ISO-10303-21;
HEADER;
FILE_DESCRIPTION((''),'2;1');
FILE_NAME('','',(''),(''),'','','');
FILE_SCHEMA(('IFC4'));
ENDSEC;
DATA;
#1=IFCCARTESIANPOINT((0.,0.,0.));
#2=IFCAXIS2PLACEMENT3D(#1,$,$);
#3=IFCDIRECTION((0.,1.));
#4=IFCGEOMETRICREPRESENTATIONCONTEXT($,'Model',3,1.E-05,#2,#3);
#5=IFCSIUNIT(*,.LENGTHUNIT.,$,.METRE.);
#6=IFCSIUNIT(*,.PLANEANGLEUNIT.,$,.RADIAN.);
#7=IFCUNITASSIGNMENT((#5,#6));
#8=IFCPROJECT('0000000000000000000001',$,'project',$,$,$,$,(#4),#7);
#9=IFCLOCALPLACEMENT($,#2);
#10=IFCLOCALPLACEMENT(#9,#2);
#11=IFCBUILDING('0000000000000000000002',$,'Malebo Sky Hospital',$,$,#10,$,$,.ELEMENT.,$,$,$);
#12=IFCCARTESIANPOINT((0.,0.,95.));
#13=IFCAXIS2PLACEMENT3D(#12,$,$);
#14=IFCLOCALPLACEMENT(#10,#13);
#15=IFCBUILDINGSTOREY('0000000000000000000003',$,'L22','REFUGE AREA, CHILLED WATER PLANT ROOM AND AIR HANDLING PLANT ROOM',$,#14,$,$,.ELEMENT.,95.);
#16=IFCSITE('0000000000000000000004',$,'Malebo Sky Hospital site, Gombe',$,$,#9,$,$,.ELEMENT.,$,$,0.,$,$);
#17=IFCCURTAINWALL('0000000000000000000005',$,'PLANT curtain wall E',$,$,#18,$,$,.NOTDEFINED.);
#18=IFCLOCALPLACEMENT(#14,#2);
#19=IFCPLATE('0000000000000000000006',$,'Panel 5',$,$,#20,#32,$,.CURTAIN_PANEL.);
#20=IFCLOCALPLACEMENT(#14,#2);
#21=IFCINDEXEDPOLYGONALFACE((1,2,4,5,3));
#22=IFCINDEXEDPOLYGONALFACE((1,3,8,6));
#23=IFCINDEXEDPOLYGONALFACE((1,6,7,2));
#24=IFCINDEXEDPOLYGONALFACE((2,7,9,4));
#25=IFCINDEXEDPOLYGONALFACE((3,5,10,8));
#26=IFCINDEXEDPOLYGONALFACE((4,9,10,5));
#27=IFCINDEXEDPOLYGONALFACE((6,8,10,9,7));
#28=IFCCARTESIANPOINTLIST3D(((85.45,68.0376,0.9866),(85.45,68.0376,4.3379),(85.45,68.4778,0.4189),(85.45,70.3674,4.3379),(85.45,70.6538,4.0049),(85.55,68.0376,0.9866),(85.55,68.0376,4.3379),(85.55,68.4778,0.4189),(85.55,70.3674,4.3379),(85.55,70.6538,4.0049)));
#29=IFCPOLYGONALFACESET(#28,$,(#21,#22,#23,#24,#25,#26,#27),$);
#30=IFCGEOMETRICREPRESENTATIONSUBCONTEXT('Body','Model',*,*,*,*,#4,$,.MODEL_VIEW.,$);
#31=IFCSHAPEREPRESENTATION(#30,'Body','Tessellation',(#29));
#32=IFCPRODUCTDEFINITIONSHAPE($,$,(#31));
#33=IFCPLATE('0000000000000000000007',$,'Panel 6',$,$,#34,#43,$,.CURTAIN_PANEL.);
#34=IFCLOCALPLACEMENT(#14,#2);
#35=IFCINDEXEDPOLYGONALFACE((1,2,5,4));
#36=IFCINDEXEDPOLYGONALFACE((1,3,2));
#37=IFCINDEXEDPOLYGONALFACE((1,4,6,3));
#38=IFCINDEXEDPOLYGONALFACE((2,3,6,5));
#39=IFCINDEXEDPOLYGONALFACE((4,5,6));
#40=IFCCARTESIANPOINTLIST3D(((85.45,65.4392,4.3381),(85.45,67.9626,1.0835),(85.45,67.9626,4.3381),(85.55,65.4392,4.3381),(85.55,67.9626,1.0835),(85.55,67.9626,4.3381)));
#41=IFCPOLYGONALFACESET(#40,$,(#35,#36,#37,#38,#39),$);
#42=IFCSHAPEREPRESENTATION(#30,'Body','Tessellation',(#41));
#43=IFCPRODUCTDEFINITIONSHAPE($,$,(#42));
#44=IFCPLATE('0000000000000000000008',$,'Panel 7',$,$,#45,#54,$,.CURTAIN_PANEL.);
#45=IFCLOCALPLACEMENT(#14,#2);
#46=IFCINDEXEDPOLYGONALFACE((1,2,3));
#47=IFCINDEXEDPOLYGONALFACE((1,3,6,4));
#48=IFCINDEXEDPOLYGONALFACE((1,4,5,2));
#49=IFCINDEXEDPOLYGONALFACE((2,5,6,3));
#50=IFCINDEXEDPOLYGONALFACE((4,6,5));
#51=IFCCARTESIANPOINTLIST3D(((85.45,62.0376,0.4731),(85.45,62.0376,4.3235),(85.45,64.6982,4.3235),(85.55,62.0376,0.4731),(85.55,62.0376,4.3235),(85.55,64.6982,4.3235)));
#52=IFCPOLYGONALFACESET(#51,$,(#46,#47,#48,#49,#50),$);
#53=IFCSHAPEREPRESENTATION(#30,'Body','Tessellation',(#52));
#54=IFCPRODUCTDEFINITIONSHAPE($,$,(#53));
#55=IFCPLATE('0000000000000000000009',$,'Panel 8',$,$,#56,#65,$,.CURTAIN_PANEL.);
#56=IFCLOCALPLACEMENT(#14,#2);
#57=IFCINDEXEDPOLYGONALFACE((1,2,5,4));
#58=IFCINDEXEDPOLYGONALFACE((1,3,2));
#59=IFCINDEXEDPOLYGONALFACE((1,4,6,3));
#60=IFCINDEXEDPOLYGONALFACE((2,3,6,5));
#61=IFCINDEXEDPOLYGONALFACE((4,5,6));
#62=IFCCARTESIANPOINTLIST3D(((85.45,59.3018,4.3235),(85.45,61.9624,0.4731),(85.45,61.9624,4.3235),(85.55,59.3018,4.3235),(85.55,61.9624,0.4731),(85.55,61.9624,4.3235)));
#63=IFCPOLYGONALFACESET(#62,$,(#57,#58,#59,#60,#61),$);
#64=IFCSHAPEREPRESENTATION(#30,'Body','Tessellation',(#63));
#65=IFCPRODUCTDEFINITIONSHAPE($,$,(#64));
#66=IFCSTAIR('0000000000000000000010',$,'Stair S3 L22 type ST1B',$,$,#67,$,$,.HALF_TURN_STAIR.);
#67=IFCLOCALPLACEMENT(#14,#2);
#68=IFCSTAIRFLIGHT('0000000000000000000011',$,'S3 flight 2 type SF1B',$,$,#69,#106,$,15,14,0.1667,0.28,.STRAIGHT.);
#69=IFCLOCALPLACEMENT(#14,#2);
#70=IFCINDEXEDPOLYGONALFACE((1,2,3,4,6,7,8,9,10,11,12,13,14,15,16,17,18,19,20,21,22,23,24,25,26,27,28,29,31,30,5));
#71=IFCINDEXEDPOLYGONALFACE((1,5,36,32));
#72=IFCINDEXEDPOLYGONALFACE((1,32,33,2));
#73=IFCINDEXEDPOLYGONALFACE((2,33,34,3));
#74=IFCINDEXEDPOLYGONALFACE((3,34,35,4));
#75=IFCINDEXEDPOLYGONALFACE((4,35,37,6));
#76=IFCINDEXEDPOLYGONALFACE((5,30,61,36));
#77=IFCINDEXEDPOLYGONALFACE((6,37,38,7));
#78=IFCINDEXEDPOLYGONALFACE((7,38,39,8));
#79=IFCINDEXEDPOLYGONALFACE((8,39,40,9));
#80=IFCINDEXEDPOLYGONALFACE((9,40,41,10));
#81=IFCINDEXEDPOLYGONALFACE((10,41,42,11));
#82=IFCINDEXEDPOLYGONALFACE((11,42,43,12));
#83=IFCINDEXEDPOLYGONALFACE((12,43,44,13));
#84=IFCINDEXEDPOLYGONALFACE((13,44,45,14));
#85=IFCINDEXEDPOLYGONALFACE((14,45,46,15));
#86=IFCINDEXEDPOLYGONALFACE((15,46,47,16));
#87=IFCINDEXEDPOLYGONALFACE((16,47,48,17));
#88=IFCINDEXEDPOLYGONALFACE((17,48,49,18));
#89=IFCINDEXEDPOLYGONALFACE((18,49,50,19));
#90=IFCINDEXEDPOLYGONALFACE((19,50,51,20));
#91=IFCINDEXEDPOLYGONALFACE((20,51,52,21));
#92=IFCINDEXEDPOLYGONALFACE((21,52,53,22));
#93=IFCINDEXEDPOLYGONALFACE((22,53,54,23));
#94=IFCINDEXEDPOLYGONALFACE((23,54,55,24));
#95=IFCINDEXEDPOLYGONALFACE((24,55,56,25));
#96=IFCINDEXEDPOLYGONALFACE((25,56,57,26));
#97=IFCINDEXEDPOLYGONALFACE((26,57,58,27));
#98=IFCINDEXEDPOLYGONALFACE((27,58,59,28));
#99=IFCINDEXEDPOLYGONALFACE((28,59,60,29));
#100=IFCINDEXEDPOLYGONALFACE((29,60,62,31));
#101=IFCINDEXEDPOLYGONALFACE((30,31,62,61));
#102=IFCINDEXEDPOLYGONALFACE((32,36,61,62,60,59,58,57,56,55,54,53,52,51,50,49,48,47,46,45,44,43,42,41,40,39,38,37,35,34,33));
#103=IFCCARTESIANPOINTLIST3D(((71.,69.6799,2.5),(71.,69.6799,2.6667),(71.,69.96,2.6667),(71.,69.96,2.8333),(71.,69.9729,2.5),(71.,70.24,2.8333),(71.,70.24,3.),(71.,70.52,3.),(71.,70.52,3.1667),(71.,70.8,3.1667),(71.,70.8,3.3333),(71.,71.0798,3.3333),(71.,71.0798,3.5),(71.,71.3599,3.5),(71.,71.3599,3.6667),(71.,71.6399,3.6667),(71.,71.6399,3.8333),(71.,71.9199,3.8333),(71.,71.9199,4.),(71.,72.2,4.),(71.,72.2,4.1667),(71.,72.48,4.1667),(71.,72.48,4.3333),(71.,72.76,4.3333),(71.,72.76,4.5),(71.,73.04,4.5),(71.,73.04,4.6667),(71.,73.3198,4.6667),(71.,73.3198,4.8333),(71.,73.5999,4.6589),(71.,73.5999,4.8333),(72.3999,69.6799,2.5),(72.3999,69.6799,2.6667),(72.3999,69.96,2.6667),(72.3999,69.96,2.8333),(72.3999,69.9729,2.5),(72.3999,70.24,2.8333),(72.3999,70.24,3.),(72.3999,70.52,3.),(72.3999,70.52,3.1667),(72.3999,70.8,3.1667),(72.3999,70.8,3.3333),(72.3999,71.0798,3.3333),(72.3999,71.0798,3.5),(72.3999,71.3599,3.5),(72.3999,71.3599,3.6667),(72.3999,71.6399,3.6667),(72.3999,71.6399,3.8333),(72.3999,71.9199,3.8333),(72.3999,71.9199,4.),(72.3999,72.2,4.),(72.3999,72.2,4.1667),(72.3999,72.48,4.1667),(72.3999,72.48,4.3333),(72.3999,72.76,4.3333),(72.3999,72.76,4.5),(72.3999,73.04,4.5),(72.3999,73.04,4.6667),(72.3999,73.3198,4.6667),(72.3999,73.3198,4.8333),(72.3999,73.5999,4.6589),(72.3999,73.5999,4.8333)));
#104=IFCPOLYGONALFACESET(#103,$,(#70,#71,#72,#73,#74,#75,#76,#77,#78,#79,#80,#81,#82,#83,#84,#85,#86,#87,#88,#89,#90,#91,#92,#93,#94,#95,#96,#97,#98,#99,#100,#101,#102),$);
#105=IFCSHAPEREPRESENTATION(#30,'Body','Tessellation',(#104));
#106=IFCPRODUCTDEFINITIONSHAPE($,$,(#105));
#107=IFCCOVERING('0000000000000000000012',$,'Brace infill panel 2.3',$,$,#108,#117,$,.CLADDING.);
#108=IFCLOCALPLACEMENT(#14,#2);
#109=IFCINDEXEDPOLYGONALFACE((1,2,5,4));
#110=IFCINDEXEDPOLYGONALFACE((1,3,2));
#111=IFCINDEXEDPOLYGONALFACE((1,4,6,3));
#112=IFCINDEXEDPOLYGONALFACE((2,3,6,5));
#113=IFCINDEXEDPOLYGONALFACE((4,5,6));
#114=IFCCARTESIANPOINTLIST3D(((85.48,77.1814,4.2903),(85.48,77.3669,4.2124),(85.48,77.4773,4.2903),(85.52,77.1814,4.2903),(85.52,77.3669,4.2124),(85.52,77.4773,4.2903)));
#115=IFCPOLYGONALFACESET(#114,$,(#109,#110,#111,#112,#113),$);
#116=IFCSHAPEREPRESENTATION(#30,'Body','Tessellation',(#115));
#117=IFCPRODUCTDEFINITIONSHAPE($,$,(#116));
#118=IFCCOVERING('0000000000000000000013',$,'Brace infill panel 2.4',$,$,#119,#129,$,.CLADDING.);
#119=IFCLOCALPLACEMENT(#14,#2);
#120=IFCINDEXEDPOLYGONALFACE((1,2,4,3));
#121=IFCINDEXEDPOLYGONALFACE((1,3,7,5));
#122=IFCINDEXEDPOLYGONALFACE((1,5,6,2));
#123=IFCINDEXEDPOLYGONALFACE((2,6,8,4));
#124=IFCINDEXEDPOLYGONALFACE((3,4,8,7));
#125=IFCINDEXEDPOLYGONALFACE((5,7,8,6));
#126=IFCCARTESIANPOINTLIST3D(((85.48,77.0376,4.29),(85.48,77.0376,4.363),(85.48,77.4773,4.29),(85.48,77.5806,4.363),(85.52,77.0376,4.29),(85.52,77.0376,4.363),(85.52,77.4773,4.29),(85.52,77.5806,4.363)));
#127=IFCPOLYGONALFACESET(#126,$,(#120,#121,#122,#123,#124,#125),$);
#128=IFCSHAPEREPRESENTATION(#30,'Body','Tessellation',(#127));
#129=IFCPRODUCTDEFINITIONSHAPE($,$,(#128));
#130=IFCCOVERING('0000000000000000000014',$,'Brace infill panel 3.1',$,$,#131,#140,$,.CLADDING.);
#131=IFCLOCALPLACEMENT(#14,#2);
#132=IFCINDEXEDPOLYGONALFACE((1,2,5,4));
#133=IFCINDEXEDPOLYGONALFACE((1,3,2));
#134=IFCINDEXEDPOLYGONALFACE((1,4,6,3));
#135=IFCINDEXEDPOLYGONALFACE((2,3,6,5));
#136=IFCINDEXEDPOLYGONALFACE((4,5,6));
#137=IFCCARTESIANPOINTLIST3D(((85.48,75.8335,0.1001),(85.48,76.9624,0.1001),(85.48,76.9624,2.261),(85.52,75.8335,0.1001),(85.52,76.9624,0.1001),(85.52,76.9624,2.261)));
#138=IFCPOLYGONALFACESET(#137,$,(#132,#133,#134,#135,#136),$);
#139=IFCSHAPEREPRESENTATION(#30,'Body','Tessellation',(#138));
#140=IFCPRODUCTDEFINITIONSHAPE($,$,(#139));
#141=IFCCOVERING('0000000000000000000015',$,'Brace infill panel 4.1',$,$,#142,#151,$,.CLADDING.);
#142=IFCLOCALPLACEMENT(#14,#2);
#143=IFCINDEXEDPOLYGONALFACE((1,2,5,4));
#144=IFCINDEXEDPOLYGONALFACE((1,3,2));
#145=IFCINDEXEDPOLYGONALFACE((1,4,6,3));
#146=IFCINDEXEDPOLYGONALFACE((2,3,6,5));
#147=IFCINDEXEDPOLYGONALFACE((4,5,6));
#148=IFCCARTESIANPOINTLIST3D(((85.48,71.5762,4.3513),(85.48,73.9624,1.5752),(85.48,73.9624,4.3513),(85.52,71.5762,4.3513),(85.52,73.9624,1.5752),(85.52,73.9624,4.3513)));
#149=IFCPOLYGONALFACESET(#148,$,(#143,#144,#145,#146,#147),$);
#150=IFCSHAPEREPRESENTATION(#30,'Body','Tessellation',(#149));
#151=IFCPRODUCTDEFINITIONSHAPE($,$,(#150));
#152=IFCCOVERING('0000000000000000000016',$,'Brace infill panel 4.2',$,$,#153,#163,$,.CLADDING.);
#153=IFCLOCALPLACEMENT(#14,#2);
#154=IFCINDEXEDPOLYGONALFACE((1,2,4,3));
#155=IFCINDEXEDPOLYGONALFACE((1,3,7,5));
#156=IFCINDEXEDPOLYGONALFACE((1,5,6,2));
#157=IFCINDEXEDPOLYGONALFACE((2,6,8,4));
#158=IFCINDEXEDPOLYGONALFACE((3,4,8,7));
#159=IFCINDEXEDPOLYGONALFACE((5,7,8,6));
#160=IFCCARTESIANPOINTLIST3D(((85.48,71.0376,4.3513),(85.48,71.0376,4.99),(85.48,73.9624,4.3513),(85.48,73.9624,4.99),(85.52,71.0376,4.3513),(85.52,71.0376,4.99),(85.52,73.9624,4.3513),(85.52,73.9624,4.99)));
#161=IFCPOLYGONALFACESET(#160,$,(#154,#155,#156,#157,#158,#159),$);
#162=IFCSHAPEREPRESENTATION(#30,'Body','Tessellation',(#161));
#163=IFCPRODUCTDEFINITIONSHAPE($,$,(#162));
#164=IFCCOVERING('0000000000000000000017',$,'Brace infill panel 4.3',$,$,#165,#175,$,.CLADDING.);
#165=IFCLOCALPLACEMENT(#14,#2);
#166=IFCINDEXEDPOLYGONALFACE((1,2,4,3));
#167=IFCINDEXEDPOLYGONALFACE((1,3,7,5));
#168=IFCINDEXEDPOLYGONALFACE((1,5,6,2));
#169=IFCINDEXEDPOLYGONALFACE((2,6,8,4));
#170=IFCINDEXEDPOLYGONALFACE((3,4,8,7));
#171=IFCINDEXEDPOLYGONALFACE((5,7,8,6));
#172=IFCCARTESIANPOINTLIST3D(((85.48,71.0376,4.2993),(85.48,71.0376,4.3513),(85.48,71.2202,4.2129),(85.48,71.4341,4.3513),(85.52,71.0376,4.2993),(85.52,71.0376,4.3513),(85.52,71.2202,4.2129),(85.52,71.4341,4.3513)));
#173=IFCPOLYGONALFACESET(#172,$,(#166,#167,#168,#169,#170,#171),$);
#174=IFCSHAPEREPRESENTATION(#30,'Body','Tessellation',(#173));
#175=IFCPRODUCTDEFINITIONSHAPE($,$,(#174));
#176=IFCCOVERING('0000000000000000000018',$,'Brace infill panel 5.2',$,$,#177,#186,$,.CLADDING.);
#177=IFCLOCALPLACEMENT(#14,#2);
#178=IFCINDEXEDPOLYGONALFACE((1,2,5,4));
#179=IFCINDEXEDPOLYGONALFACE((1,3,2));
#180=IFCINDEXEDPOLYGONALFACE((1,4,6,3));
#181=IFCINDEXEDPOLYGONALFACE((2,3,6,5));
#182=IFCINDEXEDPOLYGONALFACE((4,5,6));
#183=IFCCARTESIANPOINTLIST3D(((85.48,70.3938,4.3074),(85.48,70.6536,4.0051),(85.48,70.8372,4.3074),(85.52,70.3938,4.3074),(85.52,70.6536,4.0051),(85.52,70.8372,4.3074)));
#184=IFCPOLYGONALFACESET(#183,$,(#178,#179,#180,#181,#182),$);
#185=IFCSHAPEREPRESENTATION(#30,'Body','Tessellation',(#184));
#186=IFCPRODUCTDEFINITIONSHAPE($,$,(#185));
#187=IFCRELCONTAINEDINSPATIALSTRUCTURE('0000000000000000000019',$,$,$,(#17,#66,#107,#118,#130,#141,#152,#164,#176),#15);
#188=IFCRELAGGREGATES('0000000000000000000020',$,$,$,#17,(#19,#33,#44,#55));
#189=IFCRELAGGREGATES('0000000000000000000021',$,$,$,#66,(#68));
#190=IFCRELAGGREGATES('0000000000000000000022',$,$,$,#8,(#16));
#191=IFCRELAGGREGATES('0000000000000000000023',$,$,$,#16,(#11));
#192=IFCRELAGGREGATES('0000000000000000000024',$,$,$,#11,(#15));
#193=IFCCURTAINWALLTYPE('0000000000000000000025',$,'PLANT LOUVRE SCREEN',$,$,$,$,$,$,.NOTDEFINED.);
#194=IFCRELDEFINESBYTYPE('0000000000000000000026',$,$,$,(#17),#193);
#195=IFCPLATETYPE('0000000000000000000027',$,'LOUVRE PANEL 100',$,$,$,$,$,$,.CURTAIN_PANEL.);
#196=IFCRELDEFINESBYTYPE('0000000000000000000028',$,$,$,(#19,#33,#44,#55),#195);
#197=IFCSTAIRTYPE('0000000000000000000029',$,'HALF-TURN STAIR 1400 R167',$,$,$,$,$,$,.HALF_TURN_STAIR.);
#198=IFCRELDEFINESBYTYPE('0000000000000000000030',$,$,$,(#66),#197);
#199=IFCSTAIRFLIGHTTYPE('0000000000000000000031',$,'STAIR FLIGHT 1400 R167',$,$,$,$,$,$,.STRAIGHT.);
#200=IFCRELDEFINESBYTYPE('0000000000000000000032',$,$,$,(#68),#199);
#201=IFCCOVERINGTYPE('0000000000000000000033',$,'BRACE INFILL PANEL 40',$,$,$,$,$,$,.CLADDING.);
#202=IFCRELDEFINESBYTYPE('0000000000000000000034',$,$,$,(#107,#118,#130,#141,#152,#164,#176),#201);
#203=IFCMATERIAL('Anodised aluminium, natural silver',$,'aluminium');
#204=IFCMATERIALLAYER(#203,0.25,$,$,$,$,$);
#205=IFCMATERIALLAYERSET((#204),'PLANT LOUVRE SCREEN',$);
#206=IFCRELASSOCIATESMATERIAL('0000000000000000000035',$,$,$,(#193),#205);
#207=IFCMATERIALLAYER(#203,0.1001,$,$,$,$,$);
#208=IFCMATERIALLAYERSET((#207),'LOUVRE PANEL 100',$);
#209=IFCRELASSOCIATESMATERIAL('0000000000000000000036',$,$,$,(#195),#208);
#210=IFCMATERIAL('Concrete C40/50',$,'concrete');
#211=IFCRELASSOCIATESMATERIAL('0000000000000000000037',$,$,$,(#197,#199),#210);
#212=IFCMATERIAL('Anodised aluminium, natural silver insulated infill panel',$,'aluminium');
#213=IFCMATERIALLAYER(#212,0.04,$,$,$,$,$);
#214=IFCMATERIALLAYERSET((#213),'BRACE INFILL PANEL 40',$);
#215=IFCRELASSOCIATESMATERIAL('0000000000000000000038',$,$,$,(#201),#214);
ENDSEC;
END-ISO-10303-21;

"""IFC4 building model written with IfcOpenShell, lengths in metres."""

from ifc_helpers import new_model, si_unit, direction, frame, origin, place, context, subcontext, project, spatial, polyline, outline, extrude, material, layer, layer_set, type_object, element, aggregate, save


model = new_model("IFC4")

# Units and contexts
model_context = context("Model", 3, precision=1e-05, world=origin(), true_north=direction((0.0, 1.0)))
body_context = subcontext(model_context, "Body", "Model", "MODEL_VIEW")
ifc_project = project(units=[si_unit("LENGTHUNIT", "METRE"), si_unit("PLANEANGLEUNIT", "RADIAN")], contexts=[model_context])

# Site, building, storey
site_placement = place(None, origin())
site = spatial("IfcSite", under=ifc_project, at=site_placement, Name="Malebo Sky Hospital site, Gombe", CompositionType="ELEMENT", RefElevation=0.0)
building_placement = place(site_placement, origin())
building = spatial("IfcBuilding", under=site, at=building_placement, Name="Malebo Sky Hospital", CompositionType="ELEMENT")
storey_placement = place(building_placement, frame((0.0, 0.0, 95.0)))
storey = spatial("IfcBuildingStorey", under=building, at=storey_placement, Name="L22", Description="REFUGE AREA, CHILLED WATER PLANT ROOM AND AIR HANDLING PLANT ROOM", CompositionType="ELEMENT", Elevation=95.0)

# Curtain wall
ifc_material_1 = material(Name="Anodised aluminium, natural silver", Category="aluminium")
ifc_layer_1 = layer(ifc_material_1, 0.25)
ifc_layer_set_1 = layer_set([ifc_layer_1], Name="PLANT LOUVRE SCREEN")
curtain_wall_type = type_object("IfcCurtainWallType", Name="PLANT LOUVRE SCREEN", PredefinedType="NOTDEFINED", material=ifc_layer_set_1)
curtain_wall_placement = place(storey_placement, origin())
curtain_wall = element("IfcCurtainWall", 1, at=curtain_wall_placement, inside=storey, type_object=curtain_wall_type, Name="PLANT curtain wall E", PredefinedType="NOTDEFINED")

# Plates
ifc_layer_2 = layer(ifc_material_1, 0.1001)
ifc_layer_set_2 = layer_set([ifc_layer_2], Name="LOUVRE PANEL 100")
plate_type = type_object("IfcPlateType", Name="LOUVRE PANEL 100", PredefinedType="CURTAIN_PANEL", material=ifc_layer_set_2)
plate_1_placement = place(storey_placement, frame((85.5, 69.3457, 0.4189), z_axis=(0.0, 0.0, 1.0), x_axis=(0.0, -1.0, 0.0)))
plate_1 = element("IfcPlate", 2, at=plate_1_placement, type_object=plate_type, Name="Panel 5", PredefinedType="CURTAIN_PANEL", context=body_context, shape_type="SweptSolid", body=[
    extrude(outline(polyline([(0.8679, 0.0), (1.3081, 0.5676), (1.3081, 3.9189), (-1.0217, 3.9189), (-1.3081, 3.5859), (0.8679, 0.0)])), frame((0.0, 0.05, 0.0), z_axis=(0.0, -1.0, 0.0), x_axis=(1.0, 0.0, 0.0)), (0.0, 0.0, 1.0), 0.1001),
])
plate_2_placement = place(storey_placement, frame((85.5, 66.7009, 1.0835), z_axis=(0.0, 0.0, 1.0), x_axis=(0.0, -1.0, 0.0)))
plate_2 = element("IfcPlate", 3, at=plate_2_placement, type_object=plate_type, Name="Panel 6", PredefinedType="CURTAIN_PANEL", context=body_context, shape_type="SweptSolid", body=[
    extrude(outline(polyline([(-1.2617, 0.0), (1.2617, 3.2546), (-1.2617, 3.2546), (-1.2617, 0.0)])), frame((0.0, 0.05, 0.0), z_axis=(0.0, -1.0, 0.0), x_axis=(1.0, 0.0, 0.0)), (0.0, 0.0, 1.0), 0.1001),
])
plate_3_placement = place(storey_placement, frame((85.5, 63.3679, 0.4731), z_axis=(0.0, 0.0, 1.0), x_axis=(0.0, -1.0, 0.0)))
plate_3 = element("IfcPlate", 4, at=plate_3_placement, type_object=plate_type, Name="Panel 7", PredefinedType="CURTAIN_PANEL", context=body_context, shape_type="SweptSolid", body=[
    extrude(outline(polyline([(1.3303, 0.0), (1.3303, 3.8503), (-1.3303, 3.8503), (1.3303, 0.0)])), frame((0.0, 0.05, 0.0), z_axis=(0.0, -1.0, 0.0), x_axis=(1.0, 0.0, 0.0)), (0.0, 0.0, 1.0), 0.1001),
])
plate_4_placement = place(storey_placement, frame((85.5, 60.6321, 0.4731), z_axis=(0.0, 0.0, 1.0), x_axis=(0.0, -1.0, 0.0)))
plate_4 = element("IfcPlate", 5, at=plate_4_placement, type_object=plate_type, Name="Panel 8", PredefinedType="CURTAIN_PANEL", context=body_context, shape_type="SweptSolid", body=[
    extrude(outline(polyline([(-1.3303, 0.0), (1.3303, 3.8503), (-1.3303, 3.8503), (-1.3303, 0.0)])), frame((0.0, 0.05, 0.0), z_axis=(0.0, -1.0, 0.0), x_axis=(1.0, 0.0, 0.0)), (0.0, 0.0, 1.0), 0.1001),
])
aggregate(curtain_wall, [plate_1, plate_2, plate_3, plate_4])

# Stair, stair flight
ifc_material_2 = material(Name="Concrete C40/50", Category="concrete")
stair_type = type_object("IfcStairType", Name="HALF-TURN STAIR 1400 R167", PredefinedType="HALF_TURN_STAIR", material=ifc_material_2)
stair_placement = place(storey_placement, origin())
stair = element("IfcStair", 6, at=stair_placement, inside=storey, type_object=stair_type, Name="Stair S3 L22 type ST1B", PredefinedType="HALF_TURN_STAIR")
stair_flight_type = type_object("IfcStairFlightType", Name="STAIR FLIGHT 1400 R167", PredefinedType="STRAIGHT", material=ifc_material_2)
stair_flight_placement = place(storey_placement, frame((71.7, 69.6799, 2.5), z_axis=(0.0, 0.0, 1.0), x_axis=(0.0, 1.0, 0.0)))
stair_flight = element("IfcStairFlight", 7, at=stair_flight_placement, type_object=stair_flight_type, Name="S3 flight 2 type SF1B", NumberOfRisers=15, NumberOfTreads=14, PredefinedType="STRAIGHT", RiserHeight=0.1667, TreadLength=0.28, context=body_context, shape_type="SweptSolid", body=[
    extrude(outline(polyline([(0.0, 0.0), (0.0, 0.1667), (0.28, 0.1667), (0.28, 0.3333), (0.5601, 0.3333), (0.5601, 0.5), (0.8401, 0.5), (0.8401, 0.6667), (1.1201, 0.6667), (1.1201, 0.8333), (1.3999, 0.8333), (1.3999, 1.0), (1.6799, 1.0), (1.6799, 1.1667), (1.96, 1.1667), (1.96, 1.3333), (2.24, 1.3333), (2.24, 1.5), (2.52, 1.5), (2.52, 1.6667), (2.8, 1.6667), (2.8, 1.8333), (3.0801, 1.8333), (3.0801, 2.0), (3.3601, 2.0), (3.3601, 2.1667), (3.6399, 2.1667), (3.6399, 2.3333), (3.9199, 2.3333), (3.9199, 2.5), (3.9199, 2.1589), (0.293, 0.0), (0.0, 0.0)])), frame((0.0, 0.7, 0.0), z_axis=(0.0, -1.0, 0.0), x_axis=(1.0, 0.0, 0.0)), (0.0, 0.0, 1.0), 1.3999),
])
aggregate(stair, [stair_flight])

# Coverings
ifc_material_3 = material(Name="Anodised aluminium, natural silver insulated infill panel", Category="aluminium")
ifc_layer_3 = layer(ifc_material_3, 0.04)
ifc_layer_set_3 = layer_set([ifc_layer_3], Name="BRACE INFILL PANEL 40")
covering_type = type_object("IfcCoveringType", Name="BRACE INFILL PANEL 40", PredefinedType="CLADDING", material=ifc_layer_set_3)
covering_1_placement = place(storey_placement, frame((85.5, 77.3293, 4.2124), z_axis=(0.0, 0.0, 1.0), x_axis=(0.0, -1.0, 0.0)))
element("IfcCovering", 8, at=covering_1_placement, inside=storey, type_object=covering_type, Name="Brace infill panel 2.3", PredefinedType="CLADDING", context=body_context, shape_type="SweptSolid", body=[
    extrude(outline(polyline([(-0.0376, 0.0), (0.1479, 0.0779), (-0.1479, 0.0779), (-0.0376, 0.0)])), frame((0.0, 0.02, 0.0), z_axis=(0.0, -1.0, 0.0), x_axis=(1.0, 0.0, 0.0)), (0.0, 0.0, 1.0), 0.04),
])
covering_2_placement = place(storey_placement, frame((85.5, 77.3091, 4.29), z_axis=(0.0, 0.0, 1.0), x_axis=(0.0, -1.0, 0.0)))
element("IfcCovering", 9, at=covering_2_placement, inside=storey, type_object=covering_type, Name="Brace infill panel 2.4", PredefinedType="CLADDING", context=body_context, shape_type="SweptSolid", body=[
    extrude(outline(polyline([(-0.1682, 0.0), (0.2715, 0.0), (0.2715, 0.073), (-0.2715, 0.073), (-0.1682, 0.0)])), frame((0.0, 0.02, 0.0), z_axis=(0.0, -1.0, 0.0), x_axis=(1.0, 0.0, 0.0)), (0.0, 0.0, 1.0), 0.04),
])
covering_3_placement = place(storey_placement, frame((85.5, 76.3979, 0.1001), z_axis=(0.0, 0.0, 1.0), x_axis=(0.0, -1.0, 0.0)))
element("IfcCovering", 10, at=covering_3_placement, inside=storey, type_object=covering_type, Name="Brace infill panel 3.1", PredefinedType="CLADDING", context=body_context, shape_type="SweptSolid", body=[
    extrude(outline(polyline([(-0.5645, 0.0), (0.5645, 0.0), (-0.5645, 2.1609), (-0.5645, 0.0)])), frame((0.0, 0.02, 0.0), z_axis=(0.0, -1.0, 0.0), x_axis=(1.0, 0.0, 0.0)), (0.0, 0.0, 1.0), 0.04),
])
covering_4_placement = place(storey_placement, frame((85.5, 72.7693, 1.5752), z_axis=(0.0, 0.0, 1.0), x_axis=(0.0, -1.0, 0.0)))
element("IfcCovering", 11, at=covering_4_placement, inside=storey, type_object=covering_type, Name="Brace infill panel 4.1", PredefinedType="CLADDING", context=body_context, shape_type="SweptSolid", body=[
    extrude(outline(polyline([(-1.1931, 0.0), (1.1931, 2.7761), (-1.1931, 2.7761), (-1.1931, 0.0)])), frame((0.0, 0.02, 0.0), z_axis=(0.0, -1.0, 0.0), x_axis=(1.0, 0.0, 0.0)), (0.0, 0.0, 1.0), 0.04),
])
covering_5_placement = place(storey_placement, frame((85.5, 72.5, 4.3513), z_axis=(0.0, 0.0, 1.0), x_axis=(0.0, -1.0, 0.0)))
element("IfcCovering", 12, at=covering_5_placement, inside=storey, type_object=covering_type, Name="Brace infill panel 4.2", PredefinedType="CLADDING", context=body_context, shape_type="SweptSolid", body=[
    extrude(outline(polyline([(-1.4624, 0.0), (1.4624, 0.0), (1.4624, 0.6387), (-1.4624, 0.6387), (-1.4624, 0.0)])), frame((0.0, 0.02, 0.0), z_axis=(0.0, -1.0, 0.0), x_axis=(1.0, 0.0, 0.0)), (0.0, 0.0, 1.0), 0.04),
])
covering_6_placement = place(storey_placement, frame((85.5, 71.2358, 4.2129), z_axis=(0.0, 0.0, 1.0), x_axis=(0.0, -1.0, 0.0)))
element("IfcCovering", 13, at=covering_6_placement, inside=storey, type_object=covering_type, Name="Brace infill panel 4.3", PredefinedType="CLADDING", context=body_context, shape_type="SweptSolid", body=[
    extrude(outline(polyline([(0.0156, 0.0), (0.1982, 0.0864), (0.1982, 0.1384), (-0.1982, 0.1384), (0.0156, 0.0)])), frame((0.0, 0.02, 0.0), z_axis=(0.0, -1.0, 0.0), x_axis=(1.0, 0.0, 0.0)), (0.0, 0.0, 1.0), 0.04),
])
covering_7_placement = place(storey_placement, frame((85.5, 70.6155, 4.0051), z_axis=(0.0, 0.0, 1.0), x_axis=(0.0, -1.0, 0.0)))
element("IfcCovering", 14, at=covering_7_placement, inside=storey, type_object=covering_type, Name="Brace infill panel 5.2", PredefinedType="CLADDING", context=body_context, shape_type="SweptSolid", body=[
    extrude(outline(polyline([(-0.0381, 0.0), (0.2217, 0.3022), (-0.2217, 0.3022), (-0.0381, 0.0)])), frame((0.0, 0.02, 0.0), z_axis=(0.0, -1.0, 0.0), x_axis=(1.0, 0.0, 0.0)), (0.0, 0.0, 1.0), 0.04),
])

save(model, "model.ifc")
